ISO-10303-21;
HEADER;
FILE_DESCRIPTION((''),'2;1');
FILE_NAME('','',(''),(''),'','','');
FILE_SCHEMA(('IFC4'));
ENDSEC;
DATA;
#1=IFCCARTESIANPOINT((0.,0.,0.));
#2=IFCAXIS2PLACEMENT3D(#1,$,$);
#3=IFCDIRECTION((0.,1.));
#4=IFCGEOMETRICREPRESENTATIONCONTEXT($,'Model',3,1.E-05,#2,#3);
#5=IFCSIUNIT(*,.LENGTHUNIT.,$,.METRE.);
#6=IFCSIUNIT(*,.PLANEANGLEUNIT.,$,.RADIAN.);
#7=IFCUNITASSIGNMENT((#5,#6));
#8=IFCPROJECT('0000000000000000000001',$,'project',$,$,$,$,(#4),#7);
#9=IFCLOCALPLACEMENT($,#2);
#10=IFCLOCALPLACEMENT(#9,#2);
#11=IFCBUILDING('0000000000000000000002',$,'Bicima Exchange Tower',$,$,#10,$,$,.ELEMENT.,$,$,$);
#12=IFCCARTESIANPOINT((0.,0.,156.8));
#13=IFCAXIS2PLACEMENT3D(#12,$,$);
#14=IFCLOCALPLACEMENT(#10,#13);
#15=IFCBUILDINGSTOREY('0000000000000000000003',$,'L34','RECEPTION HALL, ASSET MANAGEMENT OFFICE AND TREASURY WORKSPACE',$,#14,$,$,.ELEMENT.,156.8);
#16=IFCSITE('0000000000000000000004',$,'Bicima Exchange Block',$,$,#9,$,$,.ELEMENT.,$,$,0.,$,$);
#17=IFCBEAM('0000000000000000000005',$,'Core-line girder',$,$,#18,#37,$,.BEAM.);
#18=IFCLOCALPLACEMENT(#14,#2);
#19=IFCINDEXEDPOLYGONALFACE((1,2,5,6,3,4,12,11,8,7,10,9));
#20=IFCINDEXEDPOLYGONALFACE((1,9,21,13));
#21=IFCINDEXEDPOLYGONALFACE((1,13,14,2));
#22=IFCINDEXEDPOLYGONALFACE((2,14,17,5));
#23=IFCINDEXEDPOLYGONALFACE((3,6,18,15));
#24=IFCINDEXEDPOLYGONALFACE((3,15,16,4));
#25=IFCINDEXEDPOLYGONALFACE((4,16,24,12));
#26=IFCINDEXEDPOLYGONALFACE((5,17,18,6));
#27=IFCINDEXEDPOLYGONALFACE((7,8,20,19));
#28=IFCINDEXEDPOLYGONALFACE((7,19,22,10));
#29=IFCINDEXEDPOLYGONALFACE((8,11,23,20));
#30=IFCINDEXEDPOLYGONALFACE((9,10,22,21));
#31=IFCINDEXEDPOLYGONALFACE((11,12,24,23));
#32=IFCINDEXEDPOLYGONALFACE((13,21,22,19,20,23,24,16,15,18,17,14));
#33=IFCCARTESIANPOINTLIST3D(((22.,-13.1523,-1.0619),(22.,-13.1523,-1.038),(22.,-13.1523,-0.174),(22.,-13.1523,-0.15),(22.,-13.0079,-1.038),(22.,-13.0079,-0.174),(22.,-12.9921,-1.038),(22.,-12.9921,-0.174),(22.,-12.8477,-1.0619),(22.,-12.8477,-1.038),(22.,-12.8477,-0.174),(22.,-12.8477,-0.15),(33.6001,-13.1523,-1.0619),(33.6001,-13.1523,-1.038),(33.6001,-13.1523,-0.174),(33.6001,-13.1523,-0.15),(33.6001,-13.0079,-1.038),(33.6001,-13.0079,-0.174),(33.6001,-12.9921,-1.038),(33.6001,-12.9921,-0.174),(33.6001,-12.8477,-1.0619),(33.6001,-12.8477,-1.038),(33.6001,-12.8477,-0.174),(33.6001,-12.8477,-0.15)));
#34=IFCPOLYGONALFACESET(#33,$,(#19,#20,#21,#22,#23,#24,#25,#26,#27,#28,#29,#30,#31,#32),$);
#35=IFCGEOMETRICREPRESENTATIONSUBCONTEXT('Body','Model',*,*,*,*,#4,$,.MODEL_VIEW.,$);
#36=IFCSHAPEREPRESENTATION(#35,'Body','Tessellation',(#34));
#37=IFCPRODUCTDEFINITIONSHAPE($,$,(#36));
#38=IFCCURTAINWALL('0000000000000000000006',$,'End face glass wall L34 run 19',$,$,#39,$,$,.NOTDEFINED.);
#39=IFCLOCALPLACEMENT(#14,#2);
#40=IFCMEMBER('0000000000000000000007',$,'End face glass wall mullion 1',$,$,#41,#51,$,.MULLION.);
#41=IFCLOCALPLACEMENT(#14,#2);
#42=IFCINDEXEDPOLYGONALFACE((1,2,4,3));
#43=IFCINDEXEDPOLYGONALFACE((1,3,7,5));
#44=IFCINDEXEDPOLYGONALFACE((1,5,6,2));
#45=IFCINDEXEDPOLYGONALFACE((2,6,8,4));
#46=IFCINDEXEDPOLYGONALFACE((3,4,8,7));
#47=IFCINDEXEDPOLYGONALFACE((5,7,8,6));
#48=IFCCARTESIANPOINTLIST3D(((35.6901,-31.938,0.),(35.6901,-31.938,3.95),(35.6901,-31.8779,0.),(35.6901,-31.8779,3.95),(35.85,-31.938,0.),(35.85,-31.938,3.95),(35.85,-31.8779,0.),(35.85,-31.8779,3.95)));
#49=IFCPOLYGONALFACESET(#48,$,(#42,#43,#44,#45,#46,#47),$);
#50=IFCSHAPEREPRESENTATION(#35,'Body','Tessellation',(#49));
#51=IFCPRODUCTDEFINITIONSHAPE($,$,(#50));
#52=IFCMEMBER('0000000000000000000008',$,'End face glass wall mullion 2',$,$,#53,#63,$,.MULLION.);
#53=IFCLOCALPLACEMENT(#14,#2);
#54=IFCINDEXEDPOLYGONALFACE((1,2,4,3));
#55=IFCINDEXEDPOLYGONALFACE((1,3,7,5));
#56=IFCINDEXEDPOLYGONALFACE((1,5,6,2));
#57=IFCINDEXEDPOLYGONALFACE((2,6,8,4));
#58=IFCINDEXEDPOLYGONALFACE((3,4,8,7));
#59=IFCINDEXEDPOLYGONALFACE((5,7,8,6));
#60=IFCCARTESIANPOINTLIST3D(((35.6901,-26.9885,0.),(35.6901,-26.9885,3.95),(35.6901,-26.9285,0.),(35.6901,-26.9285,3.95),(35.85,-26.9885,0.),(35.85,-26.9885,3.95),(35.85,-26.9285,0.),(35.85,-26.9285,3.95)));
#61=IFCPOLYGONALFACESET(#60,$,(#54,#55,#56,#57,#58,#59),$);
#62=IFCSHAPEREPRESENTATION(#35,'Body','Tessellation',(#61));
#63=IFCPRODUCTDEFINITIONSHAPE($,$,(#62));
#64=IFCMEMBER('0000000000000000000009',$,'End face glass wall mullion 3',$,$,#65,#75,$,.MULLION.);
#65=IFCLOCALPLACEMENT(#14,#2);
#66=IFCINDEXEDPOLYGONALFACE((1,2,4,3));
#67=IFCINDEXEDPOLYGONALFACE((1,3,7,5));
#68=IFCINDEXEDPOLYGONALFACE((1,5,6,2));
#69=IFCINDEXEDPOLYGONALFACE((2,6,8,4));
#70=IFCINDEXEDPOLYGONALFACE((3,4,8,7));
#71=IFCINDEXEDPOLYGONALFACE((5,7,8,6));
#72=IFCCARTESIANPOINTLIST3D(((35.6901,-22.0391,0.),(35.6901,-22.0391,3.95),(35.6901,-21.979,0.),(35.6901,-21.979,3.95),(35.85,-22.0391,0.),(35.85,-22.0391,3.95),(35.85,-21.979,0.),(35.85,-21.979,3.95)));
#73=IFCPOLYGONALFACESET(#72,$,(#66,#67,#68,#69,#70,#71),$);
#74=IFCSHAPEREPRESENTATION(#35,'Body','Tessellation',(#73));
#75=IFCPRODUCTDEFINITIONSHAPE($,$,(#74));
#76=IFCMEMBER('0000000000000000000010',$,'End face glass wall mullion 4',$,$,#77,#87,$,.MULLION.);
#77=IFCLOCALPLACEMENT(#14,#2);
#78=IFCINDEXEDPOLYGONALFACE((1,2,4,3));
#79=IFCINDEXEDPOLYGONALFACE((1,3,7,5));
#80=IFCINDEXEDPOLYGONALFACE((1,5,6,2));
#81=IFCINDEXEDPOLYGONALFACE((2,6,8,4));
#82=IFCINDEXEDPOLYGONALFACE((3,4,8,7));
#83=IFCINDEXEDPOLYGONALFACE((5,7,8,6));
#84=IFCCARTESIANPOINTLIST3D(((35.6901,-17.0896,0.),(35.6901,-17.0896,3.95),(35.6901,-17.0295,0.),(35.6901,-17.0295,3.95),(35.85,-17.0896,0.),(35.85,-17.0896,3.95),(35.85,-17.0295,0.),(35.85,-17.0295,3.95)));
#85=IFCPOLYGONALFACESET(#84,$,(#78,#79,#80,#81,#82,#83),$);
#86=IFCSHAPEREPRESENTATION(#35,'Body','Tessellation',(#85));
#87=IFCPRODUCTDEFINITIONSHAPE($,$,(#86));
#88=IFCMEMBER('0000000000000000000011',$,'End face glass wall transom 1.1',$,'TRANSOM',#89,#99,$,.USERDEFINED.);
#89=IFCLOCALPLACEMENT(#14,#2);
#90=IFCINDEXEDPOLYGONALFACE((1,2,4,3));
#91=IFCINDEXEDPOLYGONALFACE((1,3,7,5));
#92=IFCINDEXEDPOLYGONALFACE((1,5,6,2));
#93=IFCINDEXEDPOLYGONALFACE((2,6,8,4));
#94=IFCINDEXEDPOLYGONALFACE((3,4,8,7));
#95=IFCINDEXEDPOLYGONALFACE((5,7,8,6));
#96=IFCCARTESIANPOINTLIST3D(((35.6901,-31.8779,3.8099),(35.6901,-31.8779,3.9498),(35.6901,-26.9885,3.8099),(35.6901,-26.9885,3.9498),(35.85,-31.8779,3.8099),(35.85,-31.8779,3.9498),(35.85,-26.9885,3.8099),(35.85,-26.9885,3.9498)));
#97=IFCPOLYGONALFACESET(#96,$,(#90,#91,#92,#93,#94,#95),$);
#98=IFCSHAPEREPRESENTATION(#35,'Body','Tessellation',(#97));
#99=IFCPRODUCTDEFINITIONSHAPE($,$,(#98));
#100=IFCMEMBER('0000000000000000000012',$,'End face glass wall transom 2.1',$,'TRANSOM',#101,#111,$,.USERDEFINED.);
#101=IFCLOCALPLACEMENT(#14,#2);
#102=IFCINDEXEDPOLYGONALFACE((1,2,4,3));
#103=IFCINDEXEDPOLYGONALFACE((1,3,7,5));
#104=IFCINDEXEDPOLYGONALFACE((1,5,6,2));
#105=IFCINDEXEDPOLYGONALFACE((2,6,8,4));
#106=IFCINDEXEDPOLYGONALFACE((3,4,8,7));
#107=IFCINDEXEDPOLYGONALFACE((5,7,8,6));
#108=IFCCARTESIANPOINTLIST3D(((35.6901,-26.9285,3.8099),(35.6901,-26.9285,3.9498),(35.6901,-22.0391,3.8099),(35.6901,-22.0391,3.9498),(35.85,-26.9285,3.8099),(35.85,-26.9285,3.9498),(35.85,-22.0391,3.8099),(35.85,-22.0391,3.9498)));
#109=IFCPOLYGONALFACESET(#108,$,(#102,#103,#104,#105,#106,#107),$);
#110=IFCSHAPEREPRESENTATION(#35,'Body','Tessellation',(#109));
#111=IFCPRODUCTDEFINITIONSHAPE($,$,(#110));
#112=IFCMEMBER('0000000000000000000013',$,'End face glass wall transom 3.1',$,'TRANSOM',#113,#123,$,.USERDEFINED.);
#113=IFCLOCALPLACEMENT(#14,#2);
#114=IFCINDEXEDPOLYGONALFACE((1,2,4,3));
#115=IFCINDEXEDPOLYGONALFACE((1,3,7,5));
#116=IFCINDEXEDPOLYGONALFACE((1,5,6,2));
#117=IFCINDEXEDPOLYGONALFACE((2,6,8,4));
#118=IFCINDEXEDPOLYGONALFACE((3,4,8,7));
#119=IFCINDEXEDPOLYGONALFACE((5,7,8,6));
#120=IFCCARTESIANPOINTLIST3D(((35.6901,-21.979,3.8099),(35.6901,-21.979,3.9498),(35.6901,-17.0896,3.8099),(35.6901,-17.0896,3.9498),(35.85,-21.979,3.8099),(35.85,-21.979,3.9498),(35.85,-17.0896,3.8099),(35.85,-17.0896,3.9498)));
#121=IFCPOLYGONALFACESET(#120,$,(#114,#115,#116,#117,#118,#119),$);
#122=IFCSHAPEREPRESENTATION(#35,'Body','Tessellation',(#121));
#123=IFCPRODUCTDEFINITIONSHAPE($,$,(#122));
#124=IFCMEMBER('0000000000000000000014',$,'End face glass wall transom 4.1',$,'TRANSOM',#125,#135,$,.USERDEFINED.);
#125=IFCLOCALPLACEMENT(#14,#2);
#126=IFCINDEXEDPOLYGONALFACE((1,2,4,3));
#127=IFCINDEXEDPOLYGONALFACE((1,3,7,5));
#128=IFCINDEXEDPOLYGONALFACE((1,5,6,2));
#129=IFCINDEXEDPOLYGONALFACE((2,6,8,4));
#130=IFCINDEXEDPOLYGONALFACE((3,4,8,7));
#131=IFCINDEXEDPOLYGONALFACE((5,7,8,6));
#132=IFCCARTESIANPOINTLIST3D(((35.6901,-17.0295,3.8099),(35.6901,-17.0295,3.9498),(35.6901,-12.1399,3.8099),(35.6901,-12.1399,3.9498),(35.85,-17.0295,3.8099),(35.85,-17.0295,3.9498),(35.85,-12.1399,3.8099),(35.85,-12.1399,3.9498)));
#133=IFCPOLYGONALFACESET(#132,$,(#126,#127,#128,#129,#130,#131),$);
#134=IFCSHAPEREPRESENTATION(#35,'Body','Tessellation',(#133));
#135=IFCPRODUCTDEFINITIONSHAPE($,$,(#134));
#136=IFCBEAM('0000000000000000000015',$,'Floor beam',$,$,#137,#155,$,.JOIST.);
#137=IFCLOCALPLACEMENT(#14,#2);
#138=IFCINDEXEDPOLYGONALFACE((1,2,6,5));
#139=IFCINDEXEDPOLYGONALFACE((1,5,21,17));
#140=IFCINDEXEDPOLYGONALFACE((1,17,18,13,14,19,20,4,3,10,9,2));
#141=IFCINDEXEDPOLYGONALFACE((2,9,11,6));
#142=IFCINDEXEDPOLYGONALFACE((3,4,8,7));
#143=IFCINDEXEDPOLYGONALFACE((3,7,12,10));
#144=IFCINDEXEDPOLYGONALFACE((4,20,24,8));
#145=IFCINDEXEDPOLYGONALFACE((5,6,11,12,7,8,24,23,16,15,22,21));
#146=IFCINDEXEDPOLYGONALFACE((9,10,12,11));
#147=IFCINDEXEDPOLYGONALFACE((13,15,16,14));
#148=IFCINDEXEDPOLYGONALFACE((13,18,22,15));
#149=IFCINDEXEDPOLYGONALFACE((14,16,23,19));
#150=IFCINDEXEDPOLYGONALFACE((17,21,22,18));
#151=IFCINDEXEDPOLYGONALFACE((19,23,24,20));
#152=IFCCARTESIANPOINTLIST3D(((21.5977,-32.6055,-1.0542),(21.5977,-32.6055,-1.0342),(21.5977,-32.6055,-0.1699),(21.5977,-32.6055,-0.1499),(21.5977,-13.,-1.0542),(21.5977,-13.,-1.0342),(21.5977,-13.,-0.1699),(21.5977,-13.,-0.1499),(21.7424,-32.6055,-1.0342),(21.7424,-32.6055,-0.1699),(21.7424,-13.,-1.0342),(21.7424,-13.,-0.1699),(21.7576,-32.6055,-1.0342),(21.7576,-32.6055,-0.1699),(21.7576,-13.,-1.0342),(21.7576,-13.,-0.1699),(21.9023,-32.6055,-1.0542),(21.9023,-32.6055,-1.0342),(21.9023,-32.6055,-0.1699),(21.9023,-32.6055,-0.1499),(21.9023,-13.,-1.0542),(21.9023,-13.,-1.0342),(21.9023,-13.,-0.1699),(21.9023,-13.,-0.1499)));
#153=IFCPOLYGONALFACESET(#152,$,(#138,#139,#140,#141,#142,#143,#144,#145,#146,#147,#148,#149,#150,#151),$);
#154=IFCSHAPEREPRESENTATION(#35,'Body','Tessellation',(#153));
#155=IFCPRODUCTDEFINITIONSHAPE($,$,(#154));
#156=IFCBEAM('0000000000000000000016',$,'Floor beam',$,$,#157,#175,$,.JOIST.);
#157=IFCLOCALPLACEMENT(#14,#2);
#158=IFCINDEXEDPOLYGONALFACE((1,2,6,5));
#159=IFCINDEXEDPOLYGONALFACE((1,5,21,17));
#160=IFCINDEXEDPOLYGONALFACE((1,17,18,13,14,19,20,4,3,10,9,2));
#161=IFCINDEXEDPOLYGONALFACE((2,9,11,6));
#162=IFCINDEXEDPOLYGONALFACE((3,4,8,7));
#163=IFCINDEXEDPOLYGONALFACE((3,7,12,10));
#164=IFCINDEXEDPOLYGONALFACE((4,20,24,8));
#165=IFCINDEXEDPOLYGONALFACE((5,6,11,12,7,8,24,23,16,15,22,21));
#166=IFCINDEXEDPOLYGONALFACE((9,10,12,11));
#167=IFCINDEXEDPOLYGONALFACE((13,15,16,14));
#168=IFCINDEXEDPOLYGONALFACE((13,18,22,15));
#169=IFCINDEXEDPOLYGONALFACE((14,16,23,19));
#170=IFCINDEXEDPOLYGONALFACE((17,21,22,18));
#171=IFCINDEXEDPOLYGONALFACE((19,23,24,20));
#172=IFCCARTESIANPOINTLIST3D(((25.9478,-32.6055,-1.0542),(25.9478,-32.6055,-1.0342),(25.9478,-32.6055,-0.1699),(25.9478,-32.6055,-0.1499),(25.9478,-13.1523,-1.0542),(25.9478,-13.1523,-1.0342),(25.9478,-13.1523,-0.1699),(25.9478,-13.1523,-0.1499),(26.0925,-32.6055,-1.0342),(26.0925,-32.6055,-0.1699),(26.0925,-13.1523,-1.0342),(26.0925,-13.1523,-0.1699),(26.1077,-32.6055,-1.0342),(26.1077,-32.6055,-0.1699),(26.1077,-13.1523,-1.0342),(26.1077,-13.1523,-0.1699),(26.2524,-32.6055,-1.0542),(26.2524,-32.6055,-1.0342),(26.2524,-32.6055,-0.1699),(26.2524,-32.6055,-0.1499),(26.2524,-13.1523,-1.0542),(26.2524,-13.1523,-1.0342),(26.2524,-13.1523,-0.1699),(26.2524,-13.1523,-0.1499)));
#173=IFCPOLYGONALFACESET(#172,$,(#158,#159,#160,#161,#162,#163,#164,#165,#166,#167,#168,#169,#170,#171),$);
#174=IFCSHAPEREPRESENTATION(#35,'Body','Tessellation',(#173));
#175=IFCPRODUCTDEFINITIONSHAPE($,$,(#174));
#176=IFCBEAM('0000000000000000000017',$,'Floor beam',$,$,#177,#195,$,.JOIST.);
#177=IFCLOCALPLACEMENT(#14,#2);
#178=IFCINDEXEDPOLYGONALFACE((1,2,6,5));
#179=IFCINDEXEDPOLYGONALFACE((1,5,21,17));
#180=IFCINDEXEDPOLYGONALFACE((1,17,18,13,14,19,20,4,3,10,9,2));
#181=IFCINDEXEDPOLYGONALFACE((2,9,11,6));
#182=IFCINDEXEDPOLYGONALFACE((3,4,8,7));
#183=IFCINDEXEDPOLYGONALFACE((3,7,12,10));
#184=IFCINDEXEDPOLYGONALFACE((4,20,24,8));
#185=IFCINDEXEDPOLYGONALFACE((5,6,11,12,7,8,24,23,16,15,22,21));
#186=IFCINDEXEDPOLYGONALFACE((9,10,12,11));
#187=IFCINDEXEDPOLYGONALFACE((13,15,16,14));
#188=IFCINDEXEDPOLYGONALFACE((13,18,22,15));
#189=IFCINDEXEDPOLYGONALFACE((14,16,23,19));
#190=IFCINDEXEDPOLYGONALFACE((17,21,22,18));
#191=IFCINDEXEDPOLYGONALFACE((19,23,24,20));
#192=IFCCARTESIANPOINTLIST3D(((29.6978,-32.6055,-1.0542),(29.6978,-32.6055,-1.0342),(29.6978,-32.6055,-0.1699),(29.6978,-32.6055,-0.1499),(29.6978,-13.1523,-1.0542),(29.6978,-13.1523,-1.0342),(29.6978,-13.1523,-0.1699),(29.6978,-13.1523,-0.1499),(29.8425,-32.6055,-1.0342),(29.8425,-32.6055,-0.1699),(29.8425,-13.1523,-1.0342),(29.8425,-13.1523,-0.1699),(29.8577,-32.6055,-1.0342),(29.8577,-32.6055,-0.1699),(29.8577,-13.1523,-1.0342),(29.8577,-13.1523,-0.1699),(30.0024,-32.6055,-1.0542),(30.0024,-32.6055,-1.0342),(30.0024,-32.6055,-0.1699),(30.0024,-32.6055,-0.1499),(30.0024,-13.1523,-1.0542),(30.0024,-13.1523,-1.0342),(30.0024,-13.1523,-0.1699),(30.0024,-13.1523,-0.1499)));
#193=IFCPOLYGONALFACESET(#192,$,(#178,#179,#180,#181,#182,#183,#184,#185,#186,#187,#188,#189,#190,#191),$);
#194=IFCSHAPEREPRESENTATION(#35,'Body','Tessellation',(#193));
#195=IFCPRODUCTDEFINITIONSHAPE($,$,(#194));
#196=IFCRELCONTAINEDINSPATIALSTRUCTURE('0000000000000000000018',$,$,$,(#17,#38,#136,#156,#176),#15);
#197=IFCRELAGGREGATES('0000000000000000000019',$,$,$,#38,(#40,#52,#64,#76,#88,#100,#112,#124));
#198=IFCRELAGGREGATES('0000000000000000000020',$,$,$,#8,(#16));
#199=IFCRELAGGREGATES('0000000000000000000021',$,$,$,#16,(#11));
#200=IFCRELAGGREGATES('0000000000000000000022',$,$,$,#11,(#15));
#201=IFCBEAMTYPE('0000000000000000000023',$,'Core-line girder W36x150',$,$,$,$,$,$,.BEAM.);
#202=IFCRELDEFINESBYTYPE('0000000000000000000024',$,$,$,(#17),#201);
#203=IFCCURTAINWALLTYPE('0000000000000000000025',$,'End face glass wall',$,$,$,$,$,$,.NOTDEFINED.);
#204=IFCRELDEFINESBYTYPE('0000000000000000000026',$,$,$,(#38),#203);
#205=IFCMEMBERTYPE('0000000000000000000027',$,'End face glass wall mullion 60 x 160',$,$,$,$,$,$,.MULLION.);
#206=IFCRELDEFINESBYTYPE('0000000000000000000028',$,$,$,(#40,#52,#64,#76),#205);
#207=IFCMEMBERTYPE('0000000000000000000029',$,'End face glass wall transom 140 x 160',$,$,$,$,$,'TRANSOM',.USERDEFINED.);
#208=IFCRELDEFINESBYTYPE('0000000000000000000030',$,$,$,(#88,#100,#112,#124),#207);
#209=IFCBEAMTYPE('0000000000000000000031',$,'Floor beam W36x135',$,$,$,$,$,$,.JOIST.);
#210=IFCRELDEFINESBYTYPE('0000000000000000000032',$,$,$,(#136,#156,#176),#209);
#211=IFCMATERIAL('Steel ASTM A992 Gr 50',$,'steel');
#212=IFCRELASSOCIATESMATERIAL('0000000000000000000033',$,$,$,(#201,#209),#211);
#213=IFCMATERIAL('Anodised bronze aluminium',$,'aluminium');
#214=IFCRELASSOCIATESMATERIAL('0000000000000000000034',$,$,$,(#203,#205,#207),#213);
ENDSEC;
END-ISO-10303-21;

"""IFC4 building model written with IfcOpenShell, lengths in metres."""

from ifc_helpers import new_model, si_unit, direction, frame, origin, origin_2d, place, context, subcontext, project, spatial, rectangle, i_section, extrude, material, material_profile, profile_set, type_object, element, aggregate, save


model = new_model("IFC4")

# Units and contexts
model_context = context("Model", 3, precision=1e-05, world=origin(), true_north=direction((0.0, 1.0)))
body_context = subcontext(model_context, "Body", "Model", "MODEL_VIEW")
ifc_project = project(units=[si_unit("LENGTHUNIT", "METRE"), si_unit("PLANEANGLEUNIT", "RADIAN")], contexts=[model_context])

# Site, building, storey
site_placement = place(None, origin())
site = spatial("IfcSite", under=ifc_project, at=site_placement, Name="Bicima Exchange Block", CompositionType="ELEMENT", RefElevation=0.0)
building_placement = place(site_placement, origin())
building = spatial("IfcBuilding", under=site, at=building_placement, Name="Bicima Exchange Tower", CompositionType="ELEMENT")
storey_placement = place(building_placement, frame((0.0, 0.0, 156.8)))
storey = spatial("IfcBuildingStorey", under=building, at=storey_placement, Name="L34", Description="RECEPTION HALL, ASSET MANAGEMENT OFFICE AND TREASURY WORKSPACE", CompositionType="ELEMENT", Elevation=156.8)

# Beam
ifc_material_1 = material(Name="Steel ASTM A992 Gr 50", Category="steel")
ifc_material_profile_1 = material_profile(ifc_material_1, i_section(OverallWidth=0.3047, OverallDepth=0.9119, WebThickness=0.0159, FlangeThickness=0.0239, at=origin_2d()))
ifc_profile_set_1 = profile_set([ifc_material_profile_1], Name="Steel ASTM A992 Gr 50")
beam_type_1 = type_object("IfcBeamType", Name="Core-line girder W36x150", PredefinedType="BEAM", material=ifc_profile_set_1)
beam_1_placement = place(storey_placement, frame((22.0, -13.0, -0.606), z_axis=(1.0, 0.0, 0.0), x_axis=(0.0, 1.0, 0.0)))
element("IfcBeam", 1, at=beam_1_placement, inside=storey, type_object=beam_type_1, Name="Core-line girder", PredefinedType="BEAM", context=body_context, shape_type="SweptSolid", body=[
    extrude(i_section(OverallWidth=0.3047, OverallDepth=0.9119, WebThickness=0.0159, FlangeThickness=0.0239, at=origin_2d()), origin(), (0.0, 0.0, 1.0), 11.6001),
])

# Curtain wall, members
ifc_material_2 = material(Name="Anodised bronze aluminium", Category="aluminium")
curtain_wall_type_1 = type_object("IfcCurtainWallType", Name="End face glass wall", PredefinedType="NOTDEFINED", material=ifc_material_2)
curtain_wall_1_placement = place(storey_placement, origin())
curtain_wall_1 = element("IfcCurtainWall", 2, at=curtain_wall_1_placement, inside=storey, type_object=curtain_wall_type_1, Name="End face glass wall L34 run 19", PredefinedType="NOTDEFINED")
ifc_material_profile_2 = material_profile(ifc_material_2, rectangle(XDim=0.1599, YDim=0.0601, at=origin_2d()))
ifc_profile_set_2 = profile_set([ifc_material_profile_2], Name="Anodised bronze aluminium")
member_type_1 = type_object("IfcMemberType", Name="End face glass wall mullion 60 x 160", PredefinedType="MULLION", material=ifc_profile_set_2)
member_1_placement = place(storey_placement, frame((35.77, -31.908, 0.0), z_axis=(0.0, 0.0, 1.0), x_axis=(-1.0, 0.0, 0.0)))
member_1 = element("IfcMember", 3, at=member_1_placement, type_object=member_type_1, Name="End face glass wall mullion 1", PredefinedType="MULLION", context=body_context, shape_type="SweptSolid", body=[
    extrude(rectangle(XDim=0.1599, YDim=0.0601, at=origin_2d()), origin(), (0.0, 0.0, 1.0), 3.95),
])
member_2_placement = place(storey_placement, frame((35.77, -26.9585, 0.0), z_axis=(0.0, 0.0, 1.0), x_axis=(-1.0, 0.0, 0.0)))
member_2 = element("IfcMember", 4, at=member_2_placement, type_object=member_type_1, Name="End face glass wall mullion 2", PredefinedType="MULLION", context=body_context, shape_type="SweptSolid", body=[
    extrude(rectangle(XDim=0.1599, YDim=0.0601, at=origin_2d()), origin(), (0.0, 0.0, 1.0), 3.95),
])
member_3_placement = place(storey_placement, frame((35.77, -22.009, 0.0), z_axis=(0.0, 0.0, 1.0), x_axis=(-1.0, 0.0, 0.0)))
member_3 = element("IfcMember", 5, at=member_3_placement, type_object=member_type_1, Name="End face glass wall mullion 3", PredefinedType="MULLION", context=body_context, shape_type="SweptSolid", body=[
    extrude(rectangle(XDim=0.1599, YDim=0.0601, at=origin_2d()), origin(), (0.0, 0.0, 1.0), 3.95),
])
member_4_placement = place(storey_placement, frame((35.77, -17.0596, 0.0), z_axis=(0.0, 0.0, 1.0), x_axis=(-1.0, 0.0, 0.0)))
member_4 = element("IfcMember", 6, at=member_4_placement, type_object=member_type_1, Name="End face glass wall mullion 4", PredefinedType="MULLION", context=body_context, shape_type="SweptSolid", body=[
    extrude(rectangle(XDim=0.1599, YDim=0.0601, at=origin_2d()), origin(), (0.0, 0.0, 1.0), 3.95),
])
ifc_material_profile_3 = material_profile(ifc_material_2, rectangle(XDim=0.1599, YDim=0.1399, at=origin_2d()))
ifc_profile_set_3 = profile_set([ifc_material_profile_3], Name="Anodised bronze aluminium")
member_type_2 = type_object("IfcMemberType", Name="End face glass wall transom 140 x 160", ElementType="TRANSOM", PredefinedType="USERDEFINED", material=ifc_profile_set_3)
member_5_placement = place(storey_placement, frame((35.77, -31.8779, 3.8799), z_axis=(0.0, 1.0, 0.0), x_axis=(-1.0, 0.0, 0.0)))
member_5 = element("IfcMember", 7, at=member_5_placement, type_object=member_type_2, Name="End face glass wall transom 1.1", ObjectType="TRANSOM", PredefinedType="USERDEFINED", context=body_context, shape_type="SweptSolid", body=[
    extrude(rectangle(XDim=0.1599, YDim=0.1399, at=origin_2d()), origin(), (0.0, 0.0, 1.0), 4.8894),
])
member_6_placement = place(storey_placement, frame((35.77, -26.9285, 3.8799), z_axis=(0.0, 1.0, 0.0), x_axis=(-1.0, 0.0, 0.0)))
member_6 = element("IfcMember", 8, at=member_6_placement, type_object=member_type_2, Name="End face glass wall transom 2.1", ObjectType="TRANSOM", PredefinedType="USERDEFINED", context=body_context, shape_type="SweptSolid", body=[
    extrude(rectangle(XDim=0.1599, YDim=0.1399, at=origin_2d()), origin(), (0.0, 0.0, 1.0), 4.8894),
])
member_7_placement = place(storey_placement, frame((35.77, -21.979, 3.8799), z_axis=(0.0, 1.0, 0.0), x_axis=(-1.0, 0.0, 0.0)))
member_7 = element("IfcMember", 9, at=member_7_placement, type_object=member_type_2, Name="End face glass wall transom 3.1", ObjectType="TRANSOM", PredefinedType="USERDEFINED", context=body_context, shape_type="SweptSolid", body=[
    extrude(rectangle(XDim=0.1599, YDim=0.1399, at=origin_2d()), origin(), (0.0, 0.0, 1.0), 4.8894),
])
member_8_placement = place(storey_placement, frame((35.77, -17.0295, 3.8799), z_axis=(0.0, 1.0, 0.0), x_axis=(-1.0, 0.0, 0.0)))
member_8 = element("IfcMember", 10, at=member_8_placement, type_object=member_type_2, Name="End face glass wall transom 4.1", ObjectType="TRANSOM", PredefinedType="USERDEFINED", context=body_context, shape_type="SweptSolid", body=[
    extrude(rectangle(XDim=0.1599, YDim=0.1399, at=origin_2d()), origin(), (0.0, 0.0, 1.0), 4.8896),
])

# Beams
ifc_material_profile_4 = material_profile(ifc_material_1, i_section(OverallWidth=0.3047, OverallDepth=0.9043, WebThickness=0.0151, FlangeThickness=0.02, at=origin_2d()))
ifc_profile_set_4 = profile_set([ifc_material_profile_4], Name="Steel ASTM A992 Gr 50")
beam_type_2 = type_object("IfcBeamType", Name="Floor beam W36x135", PredefinedType="JOIST", material=ifc_profile_set_4)
beam_2_placement = place(storey_placement, frame((21.75, -13.0, -0.6021), z_axis=(0.0, -1.0, 0.0), x_axis=(1.0, 0.0, 0.0)))
element("IfcBeam", 11, at=beam_2_placement, inside=storey, type_object=beam_type_2, Name="Floor beam", PredefinedType="JOIST", context=body_context, shape_type="SweptSolid", body=[
    extrude(i_section(OverallWidth=0.3047, OverallDepth=0.9043, WebThickness=0.0151, FlangeThickness=0.02, at=origin_2d()), origin(), (0.0, 0.0, 1.0), 19.6055),
])
for number, where, z_axis, x_axis, name in (
    (12, (26.1001, -13.1523, -0.6021), (0.0, -1.0, 0.0), (1.0, 0.0, 0.0), "Floor beam"),
    (13, (29.8501, -13.1523, -0.6021), (0.0, -1.0, 0.0), (1.0, 0.0, 0.0), "Floor beam"),
):
    element("IfcBeam", number, at=place(storey_placement, frame(where, z_axis=z_axis, x_axis=x_axis)), inside=storey, type_object=beam_type_2, Name=name, PredefinedType="JOIST", context=body_context, shape_type="SweptSolid", body=[
        extrude(i_section(OverallWidth=0.3047, OverallDepth=0.9043, WebThickness=0.0151, FlangeThickness=0.02, at=origin_2d()), origin(), (0.0, 0.0, 1.0), 19.4531),
    ])

aggregate(curtain_wall_1, [member_1, member_2, member_3, member_4, member_5, member_6, member_7, member_8])

save(model, "model.ifc")
